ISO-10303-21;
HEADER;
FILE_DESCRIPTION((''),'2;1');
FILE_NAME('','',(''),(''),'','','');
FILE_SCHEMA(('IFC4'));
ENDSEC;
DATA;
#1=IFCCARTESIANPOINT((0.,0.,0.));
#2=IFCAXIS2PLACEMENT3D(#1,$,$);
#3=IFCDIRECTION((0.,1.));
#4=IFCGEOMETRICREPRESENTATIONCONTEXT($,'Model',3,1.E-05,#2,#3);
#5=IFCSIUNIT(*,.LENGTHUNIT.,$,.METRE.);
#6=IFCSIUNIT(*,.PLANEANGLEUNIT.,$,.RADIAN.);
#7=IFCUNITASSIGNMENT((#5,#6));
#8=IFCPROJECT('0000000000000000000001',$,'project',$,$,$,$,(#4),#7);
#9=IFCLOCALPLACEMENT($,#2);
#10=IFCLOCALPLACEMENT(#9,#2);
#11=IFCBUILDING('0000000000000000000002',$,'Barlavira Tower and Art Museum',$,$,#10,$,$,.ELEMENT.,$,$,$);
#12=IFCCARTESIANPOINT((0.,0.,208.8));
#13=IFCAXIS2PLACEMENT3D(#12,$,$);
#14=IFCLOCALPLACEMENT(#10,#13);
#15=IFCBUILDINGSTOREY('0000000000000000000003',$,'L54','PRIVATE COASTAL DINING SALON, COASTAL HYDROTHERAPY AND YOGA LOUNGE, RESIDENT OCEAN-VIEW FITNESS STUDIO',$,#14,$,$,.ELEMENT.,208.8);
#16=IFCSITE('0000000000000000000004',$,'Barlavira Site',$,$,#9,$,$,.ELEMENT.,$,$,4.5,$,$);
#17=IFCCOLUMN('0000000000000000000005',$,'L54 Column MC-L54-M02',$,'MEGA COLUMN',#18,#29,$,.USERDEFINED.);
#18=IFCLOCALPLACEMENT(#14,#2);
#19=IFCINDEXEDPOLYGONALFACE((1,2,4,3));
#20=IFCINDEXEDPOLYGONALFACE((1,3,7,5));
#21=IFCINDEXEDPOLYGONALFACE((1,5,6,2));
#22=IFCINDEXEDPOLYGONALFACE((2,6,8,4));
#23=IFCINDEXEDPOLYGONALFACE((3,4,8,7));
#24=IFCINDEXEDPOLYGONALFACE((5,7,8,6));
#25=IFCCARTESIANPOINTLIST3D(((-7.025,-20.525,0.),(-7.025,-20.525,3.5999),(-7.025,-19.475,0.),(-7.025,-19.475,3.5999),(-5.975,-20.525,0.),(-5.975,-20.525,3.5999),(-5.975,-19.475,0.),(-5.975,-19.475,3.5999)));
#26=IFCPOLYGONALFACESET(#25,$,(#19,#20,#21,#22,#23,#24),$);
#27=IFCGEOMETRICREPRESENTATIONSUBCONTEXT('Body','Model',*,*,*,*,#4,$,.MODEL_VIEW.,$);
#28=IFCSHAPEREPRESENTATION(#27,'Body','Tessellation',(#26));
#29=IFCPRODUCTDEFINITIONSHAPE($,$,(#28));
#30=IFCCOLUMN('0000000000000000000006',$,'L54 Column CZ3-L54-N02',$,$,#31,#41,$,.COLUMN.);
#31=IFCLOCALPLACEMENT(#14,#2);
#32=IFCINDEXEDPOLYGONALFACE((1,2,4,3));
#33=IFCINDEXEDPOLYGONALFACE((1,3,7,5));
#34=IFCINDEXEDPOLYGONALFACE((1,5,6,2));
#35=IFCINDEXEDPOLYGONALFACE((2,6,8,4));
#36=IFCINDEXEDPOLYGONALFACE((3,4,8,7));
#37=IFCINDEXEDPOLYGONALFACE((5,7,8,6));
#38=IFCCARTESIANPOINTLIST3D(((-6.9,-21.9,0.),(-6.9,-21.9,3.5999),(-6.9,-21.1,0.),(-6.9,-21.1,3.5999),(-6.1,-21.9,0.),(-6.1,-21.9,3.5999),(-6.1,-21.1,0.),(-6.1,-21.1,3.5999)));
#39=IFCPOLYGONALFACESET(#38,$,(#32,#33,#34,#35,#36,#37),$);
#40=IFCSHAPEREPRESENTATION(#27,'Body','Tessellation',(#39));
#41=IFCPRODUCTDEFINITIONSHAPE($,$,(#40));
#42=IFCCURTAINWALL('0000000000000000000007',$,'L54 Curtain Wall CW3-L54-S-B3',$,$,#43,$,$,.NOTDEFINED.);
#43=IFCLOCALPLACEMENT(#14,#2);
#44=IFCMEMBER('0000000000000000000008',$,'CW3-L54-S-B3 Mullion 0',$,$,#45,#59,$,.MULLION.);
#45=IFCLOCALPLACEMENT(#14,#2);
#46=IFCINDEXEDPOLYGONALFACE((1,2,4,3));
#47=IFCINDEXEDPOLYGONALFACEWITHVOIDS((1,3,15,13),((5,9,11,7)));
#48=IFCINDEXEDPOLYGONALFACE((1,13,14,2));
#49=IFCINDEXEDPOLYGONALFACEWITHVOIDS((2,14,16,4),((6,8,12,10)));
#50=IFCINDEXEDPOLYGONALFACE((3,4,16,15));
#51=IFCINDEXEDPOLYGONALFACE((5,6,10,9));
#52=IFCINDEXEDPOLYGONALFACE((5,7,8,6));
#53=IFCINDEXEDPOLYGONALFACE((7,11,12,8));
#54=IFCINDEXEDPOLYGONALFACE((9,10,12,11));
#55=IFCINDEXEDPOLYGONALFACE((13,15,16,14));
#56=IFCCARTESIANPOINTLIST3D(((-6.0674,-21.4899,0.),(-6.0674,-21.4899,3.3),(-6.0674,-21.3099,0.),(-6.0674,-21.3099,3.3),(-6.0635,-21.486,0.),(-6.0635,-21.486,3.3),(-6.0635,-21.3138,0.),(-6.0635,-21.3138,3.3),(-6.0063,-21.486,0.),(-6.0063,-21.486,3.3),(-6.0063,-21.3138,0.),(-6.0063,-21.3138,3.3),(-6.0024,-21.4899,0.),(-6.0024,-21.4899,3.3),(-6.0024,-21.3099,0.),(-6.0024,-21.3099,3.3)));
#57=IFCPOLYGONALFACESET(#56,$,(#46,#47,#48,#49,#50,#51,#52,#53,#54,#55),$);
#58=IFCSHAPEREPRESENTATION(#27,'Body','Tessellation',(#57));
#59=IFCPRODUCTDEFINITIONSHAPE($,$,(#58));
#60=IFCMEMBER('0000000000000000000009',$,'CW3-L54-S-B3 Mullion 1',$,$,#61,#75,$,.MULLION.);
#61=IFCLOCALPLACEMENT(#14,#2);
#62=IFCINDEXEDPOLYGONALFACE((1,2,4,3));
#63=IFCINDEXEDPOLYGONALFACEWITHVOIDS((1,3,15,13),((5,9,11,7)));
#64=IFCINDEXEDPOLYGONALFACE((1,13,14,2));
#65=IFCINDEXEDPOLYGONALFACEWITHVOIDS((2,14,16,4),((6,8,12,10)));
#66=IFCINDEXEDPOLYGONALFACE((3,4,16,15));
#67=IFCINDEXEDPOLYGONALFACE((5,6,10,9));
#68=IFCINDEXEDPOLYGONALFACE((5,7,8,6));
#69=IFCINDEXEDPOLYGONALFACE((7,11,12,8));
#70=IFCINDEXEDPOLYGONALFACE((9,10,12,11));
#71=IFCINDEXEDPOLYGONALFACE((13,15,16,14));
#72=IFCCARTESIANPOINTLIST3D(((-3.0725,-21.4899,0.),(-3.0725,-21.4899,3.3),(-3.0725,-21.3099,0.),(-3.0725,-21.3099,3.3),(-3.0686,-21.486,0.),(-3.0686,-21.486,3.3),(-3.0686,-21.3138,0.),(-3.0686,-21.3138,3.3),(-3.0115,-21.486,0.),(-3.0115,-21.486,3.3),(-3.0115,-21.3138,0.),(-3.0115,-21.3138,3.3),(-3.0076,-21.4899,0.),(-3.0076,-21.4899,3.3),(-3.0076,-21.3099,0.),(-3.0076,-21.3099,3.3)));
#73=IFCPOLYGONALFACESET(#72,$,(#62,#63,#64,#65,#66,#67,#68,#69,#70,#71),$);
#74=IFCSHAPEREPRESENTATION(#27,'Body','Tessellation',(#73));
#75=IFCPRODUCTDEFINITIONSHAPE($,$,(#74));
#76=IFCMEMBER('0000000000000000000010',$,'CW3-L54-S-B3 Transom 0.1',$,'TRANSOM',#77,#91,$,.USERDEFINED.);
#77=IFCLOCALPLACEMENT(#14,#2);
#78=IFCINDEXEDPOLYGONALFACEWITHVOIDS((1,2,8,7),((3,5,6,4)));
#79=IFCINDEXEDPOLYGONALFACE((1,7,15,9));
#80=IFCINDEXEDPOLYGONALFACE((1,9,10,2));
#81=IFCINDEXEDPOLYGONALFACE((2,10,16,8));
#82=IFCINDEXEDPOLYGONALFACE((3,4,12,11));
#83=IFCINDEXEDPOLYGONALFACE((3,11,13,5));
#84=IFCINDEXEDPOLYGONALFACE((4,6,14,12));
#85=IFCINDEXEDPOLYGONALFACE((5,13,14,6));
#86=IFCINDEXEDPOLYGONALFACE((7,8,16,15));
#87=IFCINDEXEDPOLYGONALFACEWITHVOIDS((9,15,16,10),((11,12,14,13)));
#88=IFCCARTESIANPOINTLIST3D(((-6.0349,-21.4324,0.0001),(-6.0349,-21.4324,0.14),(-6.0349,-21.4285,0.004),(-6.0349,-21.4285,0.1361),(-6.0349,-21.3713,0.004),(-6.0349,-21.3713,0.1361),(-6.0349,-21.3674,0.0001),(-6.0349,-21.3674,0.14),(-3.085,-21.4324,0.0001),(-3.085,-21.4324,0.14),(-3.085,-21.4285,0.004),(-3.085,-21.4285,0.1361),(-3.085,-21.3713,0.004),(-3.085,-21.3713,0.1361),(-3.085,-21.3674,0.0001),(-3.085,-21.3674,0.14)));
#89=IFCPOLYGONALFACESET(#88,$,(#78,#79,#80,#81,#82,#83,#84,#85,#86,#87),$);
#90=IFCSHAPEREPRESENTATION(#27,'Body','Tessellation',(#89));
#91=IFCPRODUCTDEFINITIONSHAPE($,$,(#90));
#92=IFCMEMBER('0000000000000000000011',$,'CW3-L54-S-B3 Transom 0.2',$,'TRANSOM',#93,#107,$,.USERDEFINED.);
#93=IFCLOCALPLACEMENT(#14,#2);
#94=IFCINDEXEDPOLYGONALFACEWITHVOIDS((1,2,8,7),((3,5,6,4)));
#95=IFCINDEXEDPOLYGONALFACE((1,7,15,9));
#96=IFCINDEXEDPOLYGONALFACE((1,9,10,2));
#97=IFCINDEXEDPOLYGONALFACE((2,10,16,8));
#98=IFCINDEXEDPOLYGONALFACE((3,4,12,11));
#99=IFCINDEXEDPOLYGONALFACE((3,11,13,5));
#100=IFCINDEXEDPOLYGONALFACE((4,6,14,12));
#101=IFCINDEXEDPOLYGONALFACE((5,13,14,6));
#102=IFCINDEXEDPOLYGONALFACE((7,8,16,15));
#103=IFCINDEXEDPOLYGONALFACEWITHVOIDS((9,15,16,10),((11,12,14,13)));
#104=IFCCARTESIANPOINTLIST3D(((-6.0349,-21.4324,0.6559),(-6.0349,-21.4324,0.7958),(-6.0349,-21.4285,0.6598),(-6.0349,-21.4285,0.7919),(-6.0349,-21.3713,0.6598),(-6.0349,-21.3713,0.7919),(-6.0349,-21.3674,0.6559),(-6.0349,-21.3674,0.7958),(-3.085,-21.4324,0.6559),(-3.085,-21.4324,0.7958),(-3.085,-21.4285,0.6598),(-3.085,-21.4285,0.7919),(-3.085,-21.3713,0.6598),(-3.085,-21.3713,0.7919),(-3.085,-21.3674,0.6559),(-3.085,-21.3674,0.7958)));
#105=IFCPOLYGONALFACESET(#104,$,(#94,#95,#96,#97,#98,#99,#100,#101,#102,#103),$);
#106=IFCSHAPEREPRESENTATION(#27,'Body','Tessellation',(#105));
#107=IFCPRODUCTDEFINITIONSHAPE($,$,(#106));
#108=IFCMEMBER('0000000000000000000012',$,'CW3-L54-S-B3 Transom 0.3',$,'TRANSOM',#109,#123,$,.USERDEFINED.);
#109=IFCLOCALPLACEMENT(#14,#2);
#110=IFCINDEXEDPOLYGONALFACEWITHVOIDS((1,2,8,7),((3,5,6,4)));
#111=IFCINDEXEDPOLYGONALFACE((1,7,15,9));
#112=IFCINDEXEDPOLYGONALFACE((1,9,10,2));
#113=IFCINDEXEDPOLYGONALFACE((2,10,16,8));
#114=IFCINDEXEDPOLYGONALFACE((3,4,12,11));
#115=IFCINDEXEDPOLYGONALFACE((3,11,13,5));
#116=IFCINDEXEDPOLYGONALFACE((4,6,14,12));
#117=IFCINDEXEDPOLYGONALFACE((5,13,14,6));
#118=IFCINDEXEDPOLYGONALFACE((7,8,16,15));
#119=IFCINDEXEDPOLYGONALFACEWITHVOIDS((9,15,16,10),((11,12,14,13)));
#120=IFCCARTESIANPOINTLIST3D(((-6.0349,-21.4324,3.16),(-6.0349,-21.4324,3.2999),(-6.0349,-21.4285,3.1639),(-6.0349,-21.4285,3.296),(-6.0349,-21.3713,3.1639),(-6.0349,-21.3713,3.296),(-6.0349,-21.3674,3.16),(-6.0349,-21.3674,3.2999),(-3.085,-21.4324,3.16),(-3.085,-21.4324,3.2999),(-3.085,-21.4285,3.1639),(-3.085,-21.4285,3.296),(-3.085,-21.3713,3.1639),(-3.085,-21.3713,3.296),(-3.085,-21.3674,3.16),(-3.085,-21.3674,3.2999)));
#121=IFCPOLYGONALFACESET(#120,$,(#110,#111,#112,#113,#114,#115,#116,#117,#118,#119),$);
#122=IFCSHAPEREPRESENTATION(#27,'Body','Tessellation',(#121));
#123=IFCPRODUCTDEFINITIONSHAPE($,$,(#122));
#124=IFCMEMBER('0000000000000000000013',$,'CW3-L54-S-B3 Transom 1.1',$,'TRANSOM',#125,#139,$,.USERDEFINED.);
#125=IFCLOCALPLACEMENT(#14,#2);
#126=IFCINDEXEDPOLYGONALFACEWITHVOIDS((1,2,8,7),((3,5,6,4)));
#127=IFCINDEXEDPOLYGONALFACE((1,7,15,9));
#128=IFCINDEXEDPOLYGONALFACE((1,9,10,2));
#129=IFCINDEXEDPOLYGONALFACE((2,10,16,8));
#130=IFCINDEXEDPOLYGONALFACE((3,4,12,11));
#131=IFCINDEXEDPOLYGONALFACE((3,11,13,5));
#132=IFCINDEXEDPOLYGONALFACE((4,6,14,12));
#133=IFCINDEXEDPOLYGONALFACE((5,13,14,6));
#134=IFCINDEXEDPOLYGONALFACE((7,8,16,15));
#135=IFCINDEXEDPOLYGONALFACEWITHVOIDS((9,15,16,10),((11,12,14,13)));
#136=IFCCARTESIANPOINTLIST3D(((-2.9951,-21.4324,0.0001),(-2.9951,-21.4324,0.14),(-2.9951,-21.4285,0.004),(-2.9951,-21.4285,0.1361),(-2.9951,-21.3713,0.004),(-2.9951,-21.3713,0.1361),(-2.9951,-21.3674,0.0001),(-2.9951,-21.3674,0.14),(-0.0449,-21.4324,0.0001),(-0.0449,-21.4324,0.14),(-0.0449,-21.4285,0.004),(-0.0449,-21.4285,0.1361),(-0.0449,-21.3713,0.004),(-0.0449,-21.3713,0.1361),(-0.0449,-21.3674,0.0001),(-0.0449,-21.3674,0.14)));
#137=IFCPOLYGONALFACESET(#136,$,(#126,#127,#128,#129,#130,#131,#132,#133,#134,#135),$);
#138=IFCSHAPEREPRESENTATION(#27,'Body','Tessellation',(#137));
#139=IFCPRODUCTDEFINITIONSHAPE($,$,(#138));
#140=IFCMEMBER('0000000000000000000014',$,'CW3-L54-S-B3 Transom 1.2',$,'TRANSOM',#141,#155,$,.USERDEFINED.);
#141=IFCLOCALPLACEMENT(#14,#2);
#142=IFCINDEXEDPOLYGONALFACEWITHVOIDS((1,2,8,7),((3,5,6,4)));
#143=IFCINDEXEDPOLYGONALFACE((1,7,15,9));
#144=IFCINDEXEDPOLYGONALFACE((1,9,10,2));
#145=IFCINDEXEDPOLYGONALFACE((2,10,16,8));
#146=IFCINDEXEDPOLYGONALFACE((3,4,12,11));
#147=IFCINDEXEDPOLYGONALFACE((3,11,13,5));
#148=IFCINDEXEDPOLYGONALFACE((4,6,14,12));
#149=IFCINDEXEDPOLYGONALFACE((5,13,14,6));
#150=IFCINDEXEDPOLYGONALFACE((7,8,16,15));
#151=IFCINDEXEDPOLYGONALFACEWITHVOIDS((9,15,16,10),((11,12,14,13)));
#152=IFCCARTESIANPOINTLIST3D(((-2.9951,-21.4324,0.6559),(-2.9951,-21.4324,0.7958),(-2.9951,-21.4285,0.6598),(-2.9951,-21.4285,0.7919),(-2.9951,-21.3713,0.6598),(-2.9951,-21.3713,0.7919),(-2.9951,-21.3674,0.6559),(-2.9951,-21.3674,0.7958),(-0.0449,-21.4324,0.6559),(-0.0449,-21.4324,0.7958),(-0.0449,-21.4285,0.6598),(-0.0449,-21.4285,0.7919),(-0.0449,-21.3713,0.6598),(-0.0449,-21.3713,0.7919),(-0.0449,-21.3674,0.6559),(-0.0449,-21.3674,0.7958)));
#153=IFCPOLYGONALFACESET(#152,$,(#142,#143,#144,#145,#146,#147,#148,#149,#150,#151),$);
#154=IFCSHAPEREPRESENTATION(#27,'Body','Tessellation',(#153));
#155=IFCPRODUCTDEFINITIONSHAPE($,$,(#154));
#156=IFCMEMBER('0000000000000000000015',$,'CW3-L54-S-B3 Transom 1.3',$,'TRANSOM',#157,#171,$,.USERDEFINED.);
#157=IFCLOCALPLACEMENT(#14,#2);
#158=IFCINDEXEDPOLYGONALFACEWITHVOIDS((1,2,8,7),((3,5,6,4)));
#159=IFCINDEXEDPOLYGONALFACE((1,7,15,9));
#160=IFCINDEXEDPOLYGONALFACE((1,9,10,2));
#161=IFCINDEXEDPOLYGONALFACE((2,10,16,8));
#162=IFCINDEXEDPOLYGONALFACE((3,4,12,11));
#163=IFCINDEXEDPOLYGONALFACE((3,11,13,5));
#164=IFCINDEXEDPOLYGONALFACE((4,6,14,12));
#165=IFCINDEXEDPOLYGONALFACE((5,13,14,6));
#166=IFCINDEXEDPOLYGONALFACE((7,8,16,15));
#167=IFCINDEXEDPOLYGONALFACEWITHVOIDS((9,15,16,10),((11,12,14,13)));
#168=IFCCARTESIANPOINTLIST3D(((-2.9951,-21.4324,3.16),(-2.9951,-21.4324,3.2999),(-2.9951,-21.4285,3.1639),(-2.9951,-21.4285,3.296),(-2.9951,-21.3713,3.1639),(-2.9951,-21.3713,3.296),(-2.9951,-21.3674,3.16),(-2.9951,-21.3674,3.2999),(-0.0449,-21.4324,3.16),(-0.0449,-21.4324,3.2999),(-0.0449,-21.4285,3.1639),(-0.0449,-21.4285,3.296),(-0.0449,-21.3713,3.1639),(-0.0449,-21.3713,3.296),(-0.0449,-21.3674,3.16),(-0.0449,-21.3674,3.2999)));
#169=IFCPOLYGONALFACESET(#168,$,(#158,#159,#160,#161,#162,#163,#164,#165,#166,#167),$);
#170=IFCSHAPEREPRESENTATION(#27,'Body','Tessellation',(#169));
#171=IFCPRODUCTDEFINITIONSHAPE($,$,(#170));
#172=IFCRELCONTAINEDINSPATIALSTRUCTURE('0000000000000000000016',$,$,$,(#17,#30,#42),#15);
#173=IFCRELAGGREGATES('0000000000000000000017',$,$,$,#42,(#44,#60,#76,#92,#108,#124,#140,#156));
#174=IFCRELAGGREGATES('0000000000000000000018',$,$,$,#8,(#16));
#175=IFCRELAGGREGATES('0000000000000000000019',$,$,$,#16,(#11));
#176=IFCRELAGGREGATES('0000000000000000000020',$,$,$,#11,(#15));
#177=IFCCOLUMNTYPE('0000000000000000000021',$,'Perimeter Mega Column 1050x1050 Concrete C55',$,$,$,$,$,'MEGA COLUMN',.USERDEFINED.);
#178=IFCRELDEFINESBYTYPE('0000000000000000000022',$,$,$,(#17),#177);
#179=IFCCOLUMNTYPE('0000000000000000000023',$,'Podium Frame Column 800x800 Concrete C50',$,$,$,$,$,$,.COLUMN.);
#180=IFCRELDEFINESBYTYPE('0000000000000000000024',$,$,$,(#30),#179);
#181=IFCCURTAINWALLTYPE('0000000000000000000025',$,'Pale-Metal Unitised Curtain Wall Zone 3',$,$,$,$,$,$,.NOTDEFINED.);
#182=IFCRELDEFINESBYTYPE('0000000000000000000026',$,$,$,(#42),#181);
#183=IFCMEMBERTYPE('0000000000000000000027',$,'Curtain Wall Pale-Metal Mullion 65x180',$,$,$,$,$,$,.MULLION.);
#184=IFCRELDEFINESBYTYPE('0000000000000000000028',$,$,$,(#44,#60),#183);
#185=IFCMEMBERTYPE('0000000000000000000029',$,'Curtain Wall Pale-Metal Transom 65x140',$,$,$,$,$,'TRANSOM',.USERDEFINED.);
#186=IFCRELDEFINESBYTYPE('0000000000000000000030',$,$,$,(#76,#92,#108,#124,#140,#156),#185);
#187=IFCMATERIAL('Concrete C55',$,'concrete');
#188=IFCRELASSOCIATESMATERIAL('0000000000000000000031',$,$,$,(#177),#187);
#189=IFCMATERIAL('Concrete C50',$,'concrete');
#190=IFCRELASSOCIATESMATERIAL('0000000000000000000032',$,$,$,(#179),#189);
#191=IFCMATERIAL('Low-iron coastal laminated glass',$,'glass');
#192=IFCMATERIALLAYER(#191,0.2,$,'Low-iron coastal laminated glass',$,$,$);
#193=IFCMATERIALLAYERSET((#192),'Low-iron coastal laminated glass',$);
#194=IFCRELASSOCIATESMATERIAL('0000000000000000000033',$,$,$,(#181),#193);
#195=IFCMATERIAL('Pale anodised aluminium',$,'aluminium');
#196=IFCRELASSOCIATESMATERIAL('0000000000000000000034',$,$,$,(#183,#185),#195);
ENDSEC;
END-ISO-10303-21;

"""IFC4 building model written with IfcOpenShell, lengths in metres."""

from ifc_helpers import new_model, si_unit, direction, frame, origin, origin_2d, place, context, subcontext, project, spatial, rectangle, hollow_rectangle, extrude, material, layer, layer_set, material_profile, profile_set, type_object, element, aggregate, save


model = new_model("IFC4")

# Units and contexts
model_context = context("Model", 3, precision=1e-05, world=origin(), true_north=direction((0.0, 1.0)))
body_context = subcontext(model_context, "Body", "Model", "MODEL_VIEW")
ifc_project = project(units=[si_unit("LENGTHUNIT", "METRE"), si_unit("PLANEANGLEUNIT", "RADIAN")], contexts=[model_context])

# Site, building, storey
site_placement = place(None, origin())
site = spatial("IfcSite", under=ifc_project, at=site_placement, Name="Barlavira Site", CompositionType="ELEMENT", RefElevation=4.5)
building_placement = place(site_placement, origin())
building = spatial("IfcBuilding", under=site, at=building_placement, Name="Barlavira Tower and Art Museum", CompositionType="ELEMENT")
storey_placement = place(building_placement, frame((0.0, 0.0, 208.8)))
storey = spatial("IfcBuildingStorey", under=building, at=storey_placement, Name="L54", Description="PRIVATE COASTAL DINING SALON, COASTAL HYDROTHERAPY AND YOGA LOUNGE, RESIDENT OCEAN-VIEW FITNESS STUDIO", CompositionType="ELEMENT", Elevation=208.8)

# Columns
ifc_material_1 = material(Name="Concrete C55", Category="concrete")
ifc_material_profile_1 = material_profile(ifc_material_1, rectangle(XDim=1.05, YDim=1.05, at=origin_2d()), Name="RC-COL 1050x1050")
ifc_profile_set_1 = profile_set([ifc_material_profile_1], Name="Concrete C55")
column_type_1 = type_object("IfcColumnType", Name="Perimeter Mega Column 1050x1050 Concrete C55", ElementType="MEGA COLUMN", PredefinedType="USERDEFINED", material=ifc_profile_set_1)
column_1_placement = place(storey_placement, frame((-6.5, -20.0, 0.0), z_axis=(0.0, 0.0, 1.0), x_axis=(1.0, 0.0, 0.0)))
element("IfcColumn", 1, at=column_1_placement, inside=storey, type_object=column_type_1, Name="L54 Column MC-L54-M02", ObjectType="MEGA COLUMN", PredefinedType="USERDEFINED", context=body_context, shape_type="SweptSolid", body=[
    extrude(rectangle(XDim=1.05, YDim=1.05, at=origin_2d()), origin(), (0.0, 0.0, 1.0), 3.5999),
])
ifc_material_2 = material(Name="Concrete C50", Category="concrete")
ifc_material_profile_2 = material_profile(ifc_material_2, rectangle(XDim=0.8, YDim=0.8, at=origin_2d()), Name="RC-COL 800x800")
ifc_profile_set_2 = profile_set([ifc_material_profile_2], Name="Concrete C50")
column_type_2 = type_object("IfcColumnType", Name="Podium Frame Column 800x800 Concrete C50", PredefinedType="COLUMN", material=ifc_profile_set_2)
column_2_placement = place(storey_placement, frame((-6.5, -21.5, 0.0), z_axis=(0.0, 0.0, 1.0), x_axis=(1.0, 0.0, 0.0)))
element("IfcColumn", 2, at=column_2_placement, inside=storey, type_object=column_type_2, Name="L54 Column CZ3-L54-N02", PredefinedType="COLUMN", context=body_context, shape_type="SweptSolid", body=[
    extrude(rectangle(XDim=0.8, YDim=0.8, at=origin_2d()), origin(), (0.0, 0.0, 1.0), 3.5999),
])

# Curtain wall, members
ifc_material_3 = material(Name="Low-iron coastal laminated glass", Category="glass")
ifc_layer_1 = layer(ifc_material_3, 0.2, Name="Low-iron coastal laminated glass")
ifc_layer_set_1 = layer_set([ifc_layer_1], Name="Low-iron coastal laminated glass")
curtain_wall_type = type_object("IfcCurtainWallType", Name="Pale-Metal Unitised Curtain Wall Zone 3", PredefinedType="NOTDEFINED", material=ifc_layer_set_1)
curtain_wall_placement = place(storey_placement, origin())
curtain_wall = element("IfcCurtainWall", 3, at=curtain_wall_placement, inside=storey, type_object=curtain_wall_type, Name="L54 Curtain Wall CW3-L54-S-B3", PredefinedType="NOTDEFINED")
ifc_material_4 = material(Name="Pale anodised aluminium", Category="aluminium")
ifc_material_profile_3 = material_profile(ifc_material_4, hollow_rectangle(XDim=0.0649, YDim=0.1799, WallThickness=0.0039, at=origin_2d()), Name="ALU-MULL 65x180x4")
ifc_profile_set_3 = profile_set([ifc_material_profile_3], Name="Pale anodised aluminium")
member_type_1 = type_object("IfcMemberType", Name="Curtain Wall Pale-Metal Mullion 65x180", PredefinedType="MULLION", material=ifc_profile_set_3)
member_1_placement = place(storey_placement, frame((-6.0349, -21.3999, 0.0), z_axis=(0.0, 0.0, 1.0), x_axis=(1.0, 0.0, 0.0)))
member_1 = element("IfcMember", 4, at=member_1_placement, type_object=member_type_1, Name="CW3-L54-S-B3 Mullion 0", PredefinedType="MULLION", context=body_context, shape_type="SweptSolid", body=[
    extrude(hollow_rectangle(XDim=0.0649, YDim=0.1799, WallThickness=0.0039, at=origin_2d()), origin(), (0.0, 0.0, 1.0), 3.3),
])
member_2_placement = place(storey_placement, frame((-3.04, -21.3999, 0.0), z_axis=(0.0, 0.0, 1.0), x_axis=(1.0, 0.0, 0.0)))
member_2 = element("IfcMember", 5, at=member_2_placement, type_object=member_type_1, Name="CW3-L54-S-B3 Mullion 1", PredefinedType="MULLION", context=body_context, shape_type="SweptSolid", body=[
    extrude(hollow_rectangle(XDim=0.0649, YDim=0.1799, WallThickness=0.0039, at=origin_2d()), origin(), (0.0, 0.0, 1.0), 3.3),
])
ifc_material_profile_4 = material_profile(ifc_material_4, hollow_rectangle(XDim=0.0649, YDim=0.1399, WallThickness=0.0039, at=origin_2d()), Name="ALU-TRAN 65x140x4")
ifc_profile_set_4 = profile_set([ifc_material_profile_4], Name="Pale anodised aluminium")
member_type_2 = type_object("IfcMemberType", Name="Curtain Wall Pale-Metal Transom 65x140", ElementType="TRANSOM", PredefinedType="USERDEFINED", material=ifc_profile_set_4)
member_3_placement = place(storey_placement, frame((-6.0349, -21.3999, 0.0701), z_axis=(1.0, 0.0, 0.0), x_axis=(0.0, 1.0, 0.0)))
member_3 = element("IfcMember", 6, at=member_3_placement, type_object=member_type_2, Name="CW3-L54-S-B3 Transom 0.1", ObjectType="TRANSOM", PredefinedType="USERDEFINED", context=body_context, shape_type="SweptSolid", body=[
    extrude(hollow_rectangle(XDim=0.0649, YDim=0.1399, WallThickness=0.0039, at=origin_2d()), origin(), (0.0, 0.0, 1.0), 2.95),
])
member_4_placement = place(storey_placement, frame((-6.0349, -21.3999, 0.7258), z_axis=(1.0, 0.0, 0.0), x_axis=(0.0, 1.0, 0.0)))
member_4 = element("IfcMember", 7, at=member_4_placement, type_object=member_type_2, Name="CW3-L54-S-B3 Transom 0.2", ObjectType="TRANSOM", PredefinedType="USERDEFINED", context=body_context, shape_type="SweptSolid", body=[
    extrude(hollow_rectangle(XDim=0.0649, YDim=0.1399, WallThickness=0.0039, at=origin_2d()), origin(), (0.0, 0.0, 1.0), 2.95),
])
member_5_placement = place(storey_placement, frame((-6.0349, -21.3999, 3.23), z_axis=(1.0, 0.0, 0.0), x_axis=(0.0, 1.0, 0.0)))
member_5 = element("IfcMember", 8, at=member_5_placement, type_object=member_type_2, Name="CW3-L54-S-B3 Transom 0.3", ObjectType="TRANSOM", PredefinedType="USERDEFINED", context=body_context, shape_type="SweptSolid", body=[
    extrude(hollow_rectangle(XDim=0.0649, YDim=0.1399, WallThickness=0.0039, at=origin_2d()), origin(), (0.0, 0.0, 1.0), 2.95),
])
member_6_placement = place(storey_placement, frame((-2.9951, -21.3999, 0.0701), z_axis=(1.0, 0.0, 0.0), x_axis=(0.0, 1.0, 0.0)))
member_6 = element("IfcMember", 9, at=member_6_placement, type_object=member_type_2, Name="CW3-L54-S-B3 Transom 1.1", ObjectType="TRANSOM", PredefinedType="USERDEFINED", context=body_context, shape_type="SweptSolid", body=[
    extrude(hollow_rectangle(XDim=0.0649, YDim=0.1399, WallThickness=0.0039, at=origin_2d()), origin(), (0.0, 0.0, 1.0), 2.9502),
])
member_7_placement = place(storey_placement, frame((-2.9951, -21.3999, 0.7258), z_axis=(1.0, 0.0, 0.0), x_axis=(0.0, 1.0, 0.0)))
member_7 = element("IfcMember", 10, at=member_7_placement, type_object=member_type_2, Name="CW3-L54-S-B3 Transom 1.2", ObjectType="TRANSOM", PredefinedType="USERDEFINED", context=body_context, shape_type="SweptSolid", body=[
    extrude(hollow_rectangle(XDim=0.0649, YDim=0.1399, WallThickness=0.0039, at=origin_2d()), origin(), (0.0, 0.0, 1.0), 2.9502),
])
member_8_placement = place(storey_placement, frame((-2.9951, -21.3999, 3.23), z_axis=(1.0, 0.0, 0.0), x_axis=(0.0, 1.0, 0.0)))
member_8 = element("IfcMember", 11, at=member_8_placement, type_object=member_type_2, Name="CW3-L54-S-B3 Transom 1.3", ObjectType="TRANSOM", PredefinedType="USERDEFINED", context=body_context, shape_type="SweptSolid", body=[
    extrude(hollow_rectangle(XDim=0.0649, YDim=0.1399, WallThickness=0.0039, at=origin_2d()), origin(), (0.0, 0.0, 1.0), 2.9502),
])

aggregate(curtain_wall, [member_1, member_2, member_3, member_4, member_5, member_6, member_7, member_8])

save(model, "model.ifc")
